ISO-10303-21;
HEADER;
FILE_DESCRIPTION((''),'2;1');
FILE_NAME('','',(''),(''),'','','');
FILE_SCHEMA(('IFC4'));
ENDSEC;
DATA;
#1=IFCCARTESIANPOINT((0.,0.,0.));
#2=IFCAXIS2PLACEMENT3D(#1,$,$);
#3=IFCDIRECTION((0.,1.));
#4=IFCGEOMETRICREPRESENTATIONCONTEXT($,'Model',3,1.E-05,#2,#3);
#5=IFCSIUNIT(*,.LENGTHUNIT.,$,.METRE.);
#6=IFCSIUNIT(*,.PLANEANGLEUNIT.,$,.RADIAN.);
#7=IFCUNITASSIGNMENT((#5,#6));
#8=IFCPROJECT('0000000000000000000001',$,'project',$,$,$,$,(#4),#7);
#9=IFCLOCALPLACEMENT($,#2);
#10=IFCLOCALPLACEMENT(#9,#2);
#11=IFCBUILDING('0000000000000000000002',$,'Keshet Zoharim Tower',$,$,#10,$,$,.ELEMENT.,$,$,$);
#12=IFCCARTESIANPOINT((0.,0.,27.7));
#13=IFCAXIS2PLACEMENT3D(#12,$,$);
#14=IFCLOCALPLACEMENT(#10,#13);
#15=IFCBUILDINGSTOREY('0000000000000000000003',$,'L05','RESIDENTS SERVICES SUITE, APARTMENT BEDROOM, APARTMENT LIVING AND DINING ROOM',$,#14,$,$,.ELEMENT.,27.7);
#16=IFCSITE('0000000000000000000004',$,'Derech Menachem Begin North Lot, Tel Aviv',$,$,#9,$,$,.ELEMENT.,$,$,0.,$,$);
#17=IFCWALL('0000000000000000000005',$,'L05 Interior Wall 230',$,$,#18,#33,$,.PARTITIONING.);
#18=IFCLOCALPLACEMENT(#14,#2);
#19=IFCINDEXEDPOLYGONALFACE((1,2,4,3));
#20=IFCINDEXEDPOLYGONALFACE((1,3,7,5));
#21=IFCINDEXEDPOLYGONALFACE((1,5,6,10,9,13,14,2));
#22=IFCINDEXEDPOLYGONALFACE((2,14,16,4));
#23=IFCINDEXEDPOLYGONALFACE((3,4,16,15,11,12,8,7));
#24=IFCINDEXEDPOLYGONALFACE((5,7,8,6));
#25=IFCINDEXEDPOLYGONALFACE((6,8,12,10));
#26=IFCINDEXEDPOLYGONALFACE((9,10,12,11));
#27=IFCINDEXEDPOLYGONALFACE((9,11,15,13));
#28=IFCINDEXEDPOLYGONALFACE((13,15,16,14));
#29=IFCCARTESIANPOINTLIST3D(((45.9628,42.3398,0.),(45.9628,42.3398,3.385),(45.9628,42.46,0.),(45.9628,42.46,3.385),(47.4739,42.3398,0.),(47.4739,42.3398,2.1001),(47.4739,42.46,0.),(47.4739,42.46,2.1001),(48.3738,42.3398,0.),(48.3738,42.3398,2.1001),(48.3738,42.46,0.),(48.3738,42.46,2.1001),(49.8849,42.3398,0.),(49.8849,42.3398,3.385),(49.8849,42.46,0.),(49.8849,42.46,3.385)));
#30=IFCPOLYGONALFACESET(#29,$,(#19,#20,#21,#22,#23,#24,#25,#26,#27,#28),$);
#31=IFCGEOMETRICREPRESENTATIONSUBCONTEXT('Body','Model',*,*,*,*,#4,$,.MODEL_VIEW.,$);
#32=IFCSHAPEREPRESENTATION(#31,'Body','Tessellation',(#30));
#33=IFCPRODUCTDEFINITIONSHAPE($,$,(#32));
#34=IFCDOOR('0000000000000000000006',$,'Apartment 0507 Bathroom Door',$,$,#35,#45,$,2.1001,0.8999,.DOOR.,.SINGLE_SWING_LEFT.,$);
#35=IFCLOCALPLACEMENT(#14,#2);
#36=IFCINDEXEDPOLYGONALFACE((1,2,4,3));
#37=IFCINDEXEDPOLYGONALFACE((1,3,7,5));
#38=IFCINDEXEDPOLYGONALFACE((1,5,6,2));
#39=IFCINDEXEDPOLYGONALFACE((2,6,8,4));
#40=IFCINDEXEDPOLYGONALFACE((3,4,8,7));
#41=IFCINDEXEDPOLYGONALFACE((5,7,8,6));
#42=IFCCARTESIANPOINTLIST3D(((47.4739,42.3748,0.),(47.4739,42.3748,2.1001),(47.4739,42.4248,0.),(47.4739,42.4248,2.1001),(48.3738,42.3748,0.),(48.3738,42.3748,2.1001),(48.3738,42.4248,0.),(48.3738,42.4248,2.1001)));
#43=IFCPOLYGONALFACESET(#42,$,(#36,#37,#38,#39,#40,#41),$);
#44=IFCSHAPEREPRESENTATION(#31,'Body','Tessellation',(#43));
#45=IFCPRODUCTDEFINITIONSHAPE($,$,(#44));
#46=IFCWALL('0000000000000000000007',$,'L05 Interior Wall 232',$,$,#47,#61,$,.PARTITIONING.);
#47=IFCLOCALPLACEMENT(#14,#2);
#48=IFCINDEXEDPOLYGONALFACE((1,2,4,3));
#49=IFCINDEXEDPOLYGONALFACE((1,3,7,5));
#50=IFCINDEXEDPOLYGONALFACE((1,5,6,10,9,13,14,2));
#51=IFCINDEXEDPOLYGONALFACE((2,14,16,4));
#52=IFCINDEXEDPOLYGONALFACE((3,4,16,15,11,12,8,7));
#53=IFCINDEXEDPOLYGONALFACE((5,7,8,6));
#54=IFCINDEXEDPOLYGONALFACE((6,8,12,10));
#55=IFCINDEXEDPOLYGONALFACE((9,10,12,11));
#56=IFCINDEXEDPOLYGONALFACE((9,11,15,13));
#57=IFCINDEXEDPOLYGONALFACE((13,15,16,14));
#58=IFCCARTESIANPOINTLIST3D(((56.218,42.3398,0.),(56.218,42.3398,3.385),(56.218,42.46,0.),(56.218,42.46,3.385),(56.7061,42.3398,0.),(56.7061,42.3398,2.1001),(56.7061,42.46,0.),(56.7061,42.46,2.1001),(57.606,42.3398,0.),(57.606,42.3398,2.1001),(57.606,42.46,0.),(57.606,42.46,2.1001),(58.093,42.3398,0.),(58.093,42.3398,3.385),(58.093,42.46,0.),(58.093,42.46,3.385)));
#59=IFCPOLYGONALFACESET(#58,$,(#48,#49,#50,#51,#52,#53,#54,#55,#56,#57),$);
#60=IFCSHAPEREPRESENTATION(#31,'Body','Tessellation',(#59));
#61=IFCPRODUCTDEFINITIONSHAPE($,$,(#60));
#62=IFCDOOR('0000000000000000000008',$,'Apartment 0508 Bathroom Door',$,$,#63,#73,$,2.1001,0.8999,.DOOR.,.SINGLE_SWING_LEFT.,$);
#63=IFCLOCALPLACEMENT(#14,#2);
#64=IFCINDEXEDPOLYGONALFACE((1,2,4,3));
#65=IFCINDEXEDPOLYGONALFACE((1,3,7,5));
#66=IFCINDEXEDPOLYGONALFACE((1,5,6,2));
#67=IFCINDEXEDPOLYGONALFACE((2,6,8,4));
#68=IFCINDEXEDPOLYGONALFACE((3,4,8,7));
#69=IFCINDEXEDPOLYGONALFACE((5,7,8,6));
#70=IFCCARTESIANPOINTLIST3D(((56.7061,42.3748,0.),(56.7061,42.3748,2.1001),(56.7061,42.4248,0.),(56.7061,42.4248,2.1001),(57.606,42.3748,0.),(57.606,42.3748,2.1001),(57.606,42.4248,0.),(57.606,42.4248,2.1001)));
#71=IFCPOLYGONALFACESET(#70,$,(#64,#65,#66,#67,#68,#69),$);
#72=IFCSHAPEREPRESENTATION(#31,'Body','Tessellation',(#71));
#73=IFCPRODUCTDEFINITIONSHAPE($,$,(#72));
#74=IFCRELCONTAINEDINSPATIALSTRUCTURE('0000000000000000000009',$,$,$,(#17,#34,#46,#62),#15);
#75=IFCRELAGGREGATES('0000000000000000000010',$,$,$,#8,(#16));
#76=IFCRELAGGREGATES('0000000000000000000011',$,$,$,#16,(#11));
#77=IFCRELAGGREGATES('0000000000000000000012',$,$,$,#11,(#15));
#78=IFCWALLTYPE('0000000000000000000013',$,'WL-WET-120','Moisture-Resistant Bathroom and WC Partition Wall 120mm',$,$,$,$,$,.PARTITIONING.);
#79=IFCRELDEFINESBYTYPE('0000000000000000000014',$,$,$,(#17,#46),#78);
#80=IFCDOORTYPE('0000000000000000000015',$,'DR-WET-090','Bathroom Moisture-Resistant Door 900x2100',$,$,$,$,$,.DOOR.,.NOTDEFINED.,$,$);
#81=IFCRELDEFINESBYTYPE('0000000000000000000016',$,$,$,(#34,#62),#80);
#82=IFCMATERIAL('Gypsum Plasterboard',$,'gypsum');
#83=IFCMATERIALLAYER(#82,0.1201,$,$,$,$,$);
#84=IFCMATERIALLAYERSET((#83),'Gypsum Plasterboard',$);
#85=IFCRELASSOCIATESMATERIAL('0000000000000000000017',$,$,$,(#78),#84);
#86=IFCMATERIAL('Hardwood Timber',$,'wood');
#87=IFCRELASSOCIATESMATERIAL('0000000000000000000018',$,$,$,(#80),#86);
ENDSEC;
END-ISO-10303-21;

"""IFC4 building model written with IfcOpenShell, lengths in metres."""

from ifc_helpers import new_model, si_unit, direction, frame, frame_2d, origin, place, context, subcontext, project, spatial, rectangle, extrude, material, layer, layer_set, type_object, element, fill, save


model = new_model("IFC4")

# Units and contexts
model_context = context("Model", 3, precision=1e-05, world=origin(), true_north=direction((0.0, 1.0)))
body_context = subcontext(model_context, "Body", "Model", "MODEL_VIEW")
ifc_project = project(units=[si_unit("LENGTHUNIT", "METRE"), si_unit("PLANEANGLEUNIT", "RADIAN")], contexts=[model_context])

# Site, building, storey
site_placement = place(None, origin())
site = spatial("IfcSite", under=ifc_project, at=site_placement, Name="Derech Menachem Begin North Lot, Tel Aviv", CompositionType="ELEMENT", RefElevation=0.0)
building_placement = place(site_placement, origin())
building = spatial("IfcBuilding", under=site, at=building_placement, Name="Keshet Zoharim Tower", CompositionType="ELEMENT")
storey_placement = place(building_placement, frame((0.0, 0.0, 27.7)))
storey = spatial("IfcBuildingStorey", under=building, at=storey_placement, Name="L05", Description="RESIDENTS SERVICES SUITE, APARTMENT BEDROOM, APARTMENT LIVING AND DINING ROOM", CompositionType="ELEMENT", Elevation=27.7)

# Shared definitions
ifc_material_1 = material(Name="Gypsum Plasterboard", Category="gypsum")

# Shared definitions
ifc_material_2 = material(Name="Hardwood Timber", Category="wood")

# Shared definitions
ifc_layer_1 = layer(ifc_material_1, 0.1201)
ifc_layer_set_1 = layer_set([ifc_layer_1], Name="Gypsum Plasterboard")
wall_type_1 = type_object("IfcWallType", Name="WL-WET-120", Description="Moisture-Resistant Bathroom and WC Partition Wall 120mm", PredefinedType="PARTITIONING", material=ifc_layer_set_1)

# Walls, openings, doors
door_type_1 = type_object("IfcDoorType", Name="DR-WET-090", Description="Bathroom Moisture-Resistant Door 900x2100", OperationType="NOTDEFINED", PredefinedType="DOOR", material=ifc_material_2)
wall_1_placement = place(storey_placement, frame((45.9629, 42.3999, 0.0), z_axis=(0.0, 0.0, 1.0), x_axis=(1.0, 0.0, 0.0)))
wall_1 = element("IfcWall", 1, at=wall_1_placement, inside=storey, type_object=wall_type_1, Name="L05 Interior Wall 230", PredefinedType="PARTITIONING", context=body_context, shape_type="SweptSolid", body=[
    extrude(rectangle(XDim=3.9221, YDim=0.1201, at=frame_2d((1.9609, 0.0))), origin(), (0.0, 0.0, 1.0), 3.385),
])
opening_1_placement = place(wall_1_placement, frame((1.511, 0.0, 0.0)))
opening_1 = element("IfcOpeningElement", 2, at=opening_1_placement, cuts=wall_1, PredefinedType="OPENING", context=body_context, shape_type="SweptSolid", body=[
    extrude(rectangle(XDim=0.8999, YDim=2.1001, at=frame_2d((0.45, 1.05))), frame((0.0, 0.0701, 0.0), z_axis=(0.0, -1.0, 0.0), x_axis=(1.0, 0.0, 0.0)), (0.0, 0.0, 1.0), 0.1401),
])
door_1_placement = place(opening_1_placement, origin())
door_1 = element("IfcDoor", 3, at=door_1_placement, inside=storey, type_object=door_type_1, Name="Apartment 0507 Bathroom Door", OperationType="SINGLE_SWING_LEFT", OverallHeight=2.1001, OverallWidth=0.8999, PredefinedType="DOOR", context=body_context, shape_type="SweptSolid", body=[
    extrude(rectangle(XDim=0.8999, YDim=2.1001, at=frame_2d((0.45, 1.05))), frame((0.0, 0.0249, 0.0), z_axis=(0.0, -1.0, 0.0), x_axis=(1.0, 0.0, 0.0)), (0.0, 0.0, 1.0), 0.05),
])
fill(opening_1, door_1)
wall_2_placement = place(storey_placement, frame((56.218, 42.3999, 0.0), z_axis=(0.0, 0.0, 1.0), x_axis=(1.0, 0.0, 0.0)))
wall_2 = element("IfcWall", 4, at=wall_2_placement, inside=storey, type_object=wall_type_1, Name="L05 Interior Wall 232", PredefinedType="PARTITIONING", context=body_context, shape_type="SweptSolid", body=[
    extrude(rectangle(XDim=1.875, YDim=0.1201, at=frame_2d((0.9375, 0.0))), origin(), (0.0, 0.0, 1.0), 3.385),
])
opening_2_placement = place(wall_2_placement, frame((0.488, 0.0, 0.0)))
opening_2 = element("IfcOpeningElement", 5, at=opening_2_placement, cuts=wall_2, PredefinedType="OPENING", context=body_context, shape_type="SweptSolid", body=[
    extrude(rectangle(XDim=0.8999, YDim=2.1001, at=frame_2d((0.45, 1.05))), frame((0.0, 0.0701, 0.0), z_axis=(0.0, -1.0, 0.0), x_axis=(1.0, 0.0, 0.0)), (0.0, 0.0, 1.0), 0.1401),
])
door_2_placement = place(opening_2_placement, origin())
door_2 = element("IfcDoor", 6, at=door_2_placement, inside=storey, type_object=door_type_1, Name="Apartment 0508 Bathroom Door", OperationType="SINGLE_SWING_LEFT", OverallHeight=2.1001, OverallWidth=0.8999, PredefinedType="DOOR", context=body_context, shape_type="SweptSolid", body=[
    extrude(rectangle(XDim=0.8999, YDim=2.1001, at=frame_2d((0.45, 1.05))), frame((0.0, 0.0249, 0.0), z_axis=(0.0, -1.0, 0.0), x_axis=(1.0, 0.0, 0.0)), (0.0, 0.0, 1.0), 0.05),
])
fill(opening_2, door_2)

save(model, "model.ifc")
